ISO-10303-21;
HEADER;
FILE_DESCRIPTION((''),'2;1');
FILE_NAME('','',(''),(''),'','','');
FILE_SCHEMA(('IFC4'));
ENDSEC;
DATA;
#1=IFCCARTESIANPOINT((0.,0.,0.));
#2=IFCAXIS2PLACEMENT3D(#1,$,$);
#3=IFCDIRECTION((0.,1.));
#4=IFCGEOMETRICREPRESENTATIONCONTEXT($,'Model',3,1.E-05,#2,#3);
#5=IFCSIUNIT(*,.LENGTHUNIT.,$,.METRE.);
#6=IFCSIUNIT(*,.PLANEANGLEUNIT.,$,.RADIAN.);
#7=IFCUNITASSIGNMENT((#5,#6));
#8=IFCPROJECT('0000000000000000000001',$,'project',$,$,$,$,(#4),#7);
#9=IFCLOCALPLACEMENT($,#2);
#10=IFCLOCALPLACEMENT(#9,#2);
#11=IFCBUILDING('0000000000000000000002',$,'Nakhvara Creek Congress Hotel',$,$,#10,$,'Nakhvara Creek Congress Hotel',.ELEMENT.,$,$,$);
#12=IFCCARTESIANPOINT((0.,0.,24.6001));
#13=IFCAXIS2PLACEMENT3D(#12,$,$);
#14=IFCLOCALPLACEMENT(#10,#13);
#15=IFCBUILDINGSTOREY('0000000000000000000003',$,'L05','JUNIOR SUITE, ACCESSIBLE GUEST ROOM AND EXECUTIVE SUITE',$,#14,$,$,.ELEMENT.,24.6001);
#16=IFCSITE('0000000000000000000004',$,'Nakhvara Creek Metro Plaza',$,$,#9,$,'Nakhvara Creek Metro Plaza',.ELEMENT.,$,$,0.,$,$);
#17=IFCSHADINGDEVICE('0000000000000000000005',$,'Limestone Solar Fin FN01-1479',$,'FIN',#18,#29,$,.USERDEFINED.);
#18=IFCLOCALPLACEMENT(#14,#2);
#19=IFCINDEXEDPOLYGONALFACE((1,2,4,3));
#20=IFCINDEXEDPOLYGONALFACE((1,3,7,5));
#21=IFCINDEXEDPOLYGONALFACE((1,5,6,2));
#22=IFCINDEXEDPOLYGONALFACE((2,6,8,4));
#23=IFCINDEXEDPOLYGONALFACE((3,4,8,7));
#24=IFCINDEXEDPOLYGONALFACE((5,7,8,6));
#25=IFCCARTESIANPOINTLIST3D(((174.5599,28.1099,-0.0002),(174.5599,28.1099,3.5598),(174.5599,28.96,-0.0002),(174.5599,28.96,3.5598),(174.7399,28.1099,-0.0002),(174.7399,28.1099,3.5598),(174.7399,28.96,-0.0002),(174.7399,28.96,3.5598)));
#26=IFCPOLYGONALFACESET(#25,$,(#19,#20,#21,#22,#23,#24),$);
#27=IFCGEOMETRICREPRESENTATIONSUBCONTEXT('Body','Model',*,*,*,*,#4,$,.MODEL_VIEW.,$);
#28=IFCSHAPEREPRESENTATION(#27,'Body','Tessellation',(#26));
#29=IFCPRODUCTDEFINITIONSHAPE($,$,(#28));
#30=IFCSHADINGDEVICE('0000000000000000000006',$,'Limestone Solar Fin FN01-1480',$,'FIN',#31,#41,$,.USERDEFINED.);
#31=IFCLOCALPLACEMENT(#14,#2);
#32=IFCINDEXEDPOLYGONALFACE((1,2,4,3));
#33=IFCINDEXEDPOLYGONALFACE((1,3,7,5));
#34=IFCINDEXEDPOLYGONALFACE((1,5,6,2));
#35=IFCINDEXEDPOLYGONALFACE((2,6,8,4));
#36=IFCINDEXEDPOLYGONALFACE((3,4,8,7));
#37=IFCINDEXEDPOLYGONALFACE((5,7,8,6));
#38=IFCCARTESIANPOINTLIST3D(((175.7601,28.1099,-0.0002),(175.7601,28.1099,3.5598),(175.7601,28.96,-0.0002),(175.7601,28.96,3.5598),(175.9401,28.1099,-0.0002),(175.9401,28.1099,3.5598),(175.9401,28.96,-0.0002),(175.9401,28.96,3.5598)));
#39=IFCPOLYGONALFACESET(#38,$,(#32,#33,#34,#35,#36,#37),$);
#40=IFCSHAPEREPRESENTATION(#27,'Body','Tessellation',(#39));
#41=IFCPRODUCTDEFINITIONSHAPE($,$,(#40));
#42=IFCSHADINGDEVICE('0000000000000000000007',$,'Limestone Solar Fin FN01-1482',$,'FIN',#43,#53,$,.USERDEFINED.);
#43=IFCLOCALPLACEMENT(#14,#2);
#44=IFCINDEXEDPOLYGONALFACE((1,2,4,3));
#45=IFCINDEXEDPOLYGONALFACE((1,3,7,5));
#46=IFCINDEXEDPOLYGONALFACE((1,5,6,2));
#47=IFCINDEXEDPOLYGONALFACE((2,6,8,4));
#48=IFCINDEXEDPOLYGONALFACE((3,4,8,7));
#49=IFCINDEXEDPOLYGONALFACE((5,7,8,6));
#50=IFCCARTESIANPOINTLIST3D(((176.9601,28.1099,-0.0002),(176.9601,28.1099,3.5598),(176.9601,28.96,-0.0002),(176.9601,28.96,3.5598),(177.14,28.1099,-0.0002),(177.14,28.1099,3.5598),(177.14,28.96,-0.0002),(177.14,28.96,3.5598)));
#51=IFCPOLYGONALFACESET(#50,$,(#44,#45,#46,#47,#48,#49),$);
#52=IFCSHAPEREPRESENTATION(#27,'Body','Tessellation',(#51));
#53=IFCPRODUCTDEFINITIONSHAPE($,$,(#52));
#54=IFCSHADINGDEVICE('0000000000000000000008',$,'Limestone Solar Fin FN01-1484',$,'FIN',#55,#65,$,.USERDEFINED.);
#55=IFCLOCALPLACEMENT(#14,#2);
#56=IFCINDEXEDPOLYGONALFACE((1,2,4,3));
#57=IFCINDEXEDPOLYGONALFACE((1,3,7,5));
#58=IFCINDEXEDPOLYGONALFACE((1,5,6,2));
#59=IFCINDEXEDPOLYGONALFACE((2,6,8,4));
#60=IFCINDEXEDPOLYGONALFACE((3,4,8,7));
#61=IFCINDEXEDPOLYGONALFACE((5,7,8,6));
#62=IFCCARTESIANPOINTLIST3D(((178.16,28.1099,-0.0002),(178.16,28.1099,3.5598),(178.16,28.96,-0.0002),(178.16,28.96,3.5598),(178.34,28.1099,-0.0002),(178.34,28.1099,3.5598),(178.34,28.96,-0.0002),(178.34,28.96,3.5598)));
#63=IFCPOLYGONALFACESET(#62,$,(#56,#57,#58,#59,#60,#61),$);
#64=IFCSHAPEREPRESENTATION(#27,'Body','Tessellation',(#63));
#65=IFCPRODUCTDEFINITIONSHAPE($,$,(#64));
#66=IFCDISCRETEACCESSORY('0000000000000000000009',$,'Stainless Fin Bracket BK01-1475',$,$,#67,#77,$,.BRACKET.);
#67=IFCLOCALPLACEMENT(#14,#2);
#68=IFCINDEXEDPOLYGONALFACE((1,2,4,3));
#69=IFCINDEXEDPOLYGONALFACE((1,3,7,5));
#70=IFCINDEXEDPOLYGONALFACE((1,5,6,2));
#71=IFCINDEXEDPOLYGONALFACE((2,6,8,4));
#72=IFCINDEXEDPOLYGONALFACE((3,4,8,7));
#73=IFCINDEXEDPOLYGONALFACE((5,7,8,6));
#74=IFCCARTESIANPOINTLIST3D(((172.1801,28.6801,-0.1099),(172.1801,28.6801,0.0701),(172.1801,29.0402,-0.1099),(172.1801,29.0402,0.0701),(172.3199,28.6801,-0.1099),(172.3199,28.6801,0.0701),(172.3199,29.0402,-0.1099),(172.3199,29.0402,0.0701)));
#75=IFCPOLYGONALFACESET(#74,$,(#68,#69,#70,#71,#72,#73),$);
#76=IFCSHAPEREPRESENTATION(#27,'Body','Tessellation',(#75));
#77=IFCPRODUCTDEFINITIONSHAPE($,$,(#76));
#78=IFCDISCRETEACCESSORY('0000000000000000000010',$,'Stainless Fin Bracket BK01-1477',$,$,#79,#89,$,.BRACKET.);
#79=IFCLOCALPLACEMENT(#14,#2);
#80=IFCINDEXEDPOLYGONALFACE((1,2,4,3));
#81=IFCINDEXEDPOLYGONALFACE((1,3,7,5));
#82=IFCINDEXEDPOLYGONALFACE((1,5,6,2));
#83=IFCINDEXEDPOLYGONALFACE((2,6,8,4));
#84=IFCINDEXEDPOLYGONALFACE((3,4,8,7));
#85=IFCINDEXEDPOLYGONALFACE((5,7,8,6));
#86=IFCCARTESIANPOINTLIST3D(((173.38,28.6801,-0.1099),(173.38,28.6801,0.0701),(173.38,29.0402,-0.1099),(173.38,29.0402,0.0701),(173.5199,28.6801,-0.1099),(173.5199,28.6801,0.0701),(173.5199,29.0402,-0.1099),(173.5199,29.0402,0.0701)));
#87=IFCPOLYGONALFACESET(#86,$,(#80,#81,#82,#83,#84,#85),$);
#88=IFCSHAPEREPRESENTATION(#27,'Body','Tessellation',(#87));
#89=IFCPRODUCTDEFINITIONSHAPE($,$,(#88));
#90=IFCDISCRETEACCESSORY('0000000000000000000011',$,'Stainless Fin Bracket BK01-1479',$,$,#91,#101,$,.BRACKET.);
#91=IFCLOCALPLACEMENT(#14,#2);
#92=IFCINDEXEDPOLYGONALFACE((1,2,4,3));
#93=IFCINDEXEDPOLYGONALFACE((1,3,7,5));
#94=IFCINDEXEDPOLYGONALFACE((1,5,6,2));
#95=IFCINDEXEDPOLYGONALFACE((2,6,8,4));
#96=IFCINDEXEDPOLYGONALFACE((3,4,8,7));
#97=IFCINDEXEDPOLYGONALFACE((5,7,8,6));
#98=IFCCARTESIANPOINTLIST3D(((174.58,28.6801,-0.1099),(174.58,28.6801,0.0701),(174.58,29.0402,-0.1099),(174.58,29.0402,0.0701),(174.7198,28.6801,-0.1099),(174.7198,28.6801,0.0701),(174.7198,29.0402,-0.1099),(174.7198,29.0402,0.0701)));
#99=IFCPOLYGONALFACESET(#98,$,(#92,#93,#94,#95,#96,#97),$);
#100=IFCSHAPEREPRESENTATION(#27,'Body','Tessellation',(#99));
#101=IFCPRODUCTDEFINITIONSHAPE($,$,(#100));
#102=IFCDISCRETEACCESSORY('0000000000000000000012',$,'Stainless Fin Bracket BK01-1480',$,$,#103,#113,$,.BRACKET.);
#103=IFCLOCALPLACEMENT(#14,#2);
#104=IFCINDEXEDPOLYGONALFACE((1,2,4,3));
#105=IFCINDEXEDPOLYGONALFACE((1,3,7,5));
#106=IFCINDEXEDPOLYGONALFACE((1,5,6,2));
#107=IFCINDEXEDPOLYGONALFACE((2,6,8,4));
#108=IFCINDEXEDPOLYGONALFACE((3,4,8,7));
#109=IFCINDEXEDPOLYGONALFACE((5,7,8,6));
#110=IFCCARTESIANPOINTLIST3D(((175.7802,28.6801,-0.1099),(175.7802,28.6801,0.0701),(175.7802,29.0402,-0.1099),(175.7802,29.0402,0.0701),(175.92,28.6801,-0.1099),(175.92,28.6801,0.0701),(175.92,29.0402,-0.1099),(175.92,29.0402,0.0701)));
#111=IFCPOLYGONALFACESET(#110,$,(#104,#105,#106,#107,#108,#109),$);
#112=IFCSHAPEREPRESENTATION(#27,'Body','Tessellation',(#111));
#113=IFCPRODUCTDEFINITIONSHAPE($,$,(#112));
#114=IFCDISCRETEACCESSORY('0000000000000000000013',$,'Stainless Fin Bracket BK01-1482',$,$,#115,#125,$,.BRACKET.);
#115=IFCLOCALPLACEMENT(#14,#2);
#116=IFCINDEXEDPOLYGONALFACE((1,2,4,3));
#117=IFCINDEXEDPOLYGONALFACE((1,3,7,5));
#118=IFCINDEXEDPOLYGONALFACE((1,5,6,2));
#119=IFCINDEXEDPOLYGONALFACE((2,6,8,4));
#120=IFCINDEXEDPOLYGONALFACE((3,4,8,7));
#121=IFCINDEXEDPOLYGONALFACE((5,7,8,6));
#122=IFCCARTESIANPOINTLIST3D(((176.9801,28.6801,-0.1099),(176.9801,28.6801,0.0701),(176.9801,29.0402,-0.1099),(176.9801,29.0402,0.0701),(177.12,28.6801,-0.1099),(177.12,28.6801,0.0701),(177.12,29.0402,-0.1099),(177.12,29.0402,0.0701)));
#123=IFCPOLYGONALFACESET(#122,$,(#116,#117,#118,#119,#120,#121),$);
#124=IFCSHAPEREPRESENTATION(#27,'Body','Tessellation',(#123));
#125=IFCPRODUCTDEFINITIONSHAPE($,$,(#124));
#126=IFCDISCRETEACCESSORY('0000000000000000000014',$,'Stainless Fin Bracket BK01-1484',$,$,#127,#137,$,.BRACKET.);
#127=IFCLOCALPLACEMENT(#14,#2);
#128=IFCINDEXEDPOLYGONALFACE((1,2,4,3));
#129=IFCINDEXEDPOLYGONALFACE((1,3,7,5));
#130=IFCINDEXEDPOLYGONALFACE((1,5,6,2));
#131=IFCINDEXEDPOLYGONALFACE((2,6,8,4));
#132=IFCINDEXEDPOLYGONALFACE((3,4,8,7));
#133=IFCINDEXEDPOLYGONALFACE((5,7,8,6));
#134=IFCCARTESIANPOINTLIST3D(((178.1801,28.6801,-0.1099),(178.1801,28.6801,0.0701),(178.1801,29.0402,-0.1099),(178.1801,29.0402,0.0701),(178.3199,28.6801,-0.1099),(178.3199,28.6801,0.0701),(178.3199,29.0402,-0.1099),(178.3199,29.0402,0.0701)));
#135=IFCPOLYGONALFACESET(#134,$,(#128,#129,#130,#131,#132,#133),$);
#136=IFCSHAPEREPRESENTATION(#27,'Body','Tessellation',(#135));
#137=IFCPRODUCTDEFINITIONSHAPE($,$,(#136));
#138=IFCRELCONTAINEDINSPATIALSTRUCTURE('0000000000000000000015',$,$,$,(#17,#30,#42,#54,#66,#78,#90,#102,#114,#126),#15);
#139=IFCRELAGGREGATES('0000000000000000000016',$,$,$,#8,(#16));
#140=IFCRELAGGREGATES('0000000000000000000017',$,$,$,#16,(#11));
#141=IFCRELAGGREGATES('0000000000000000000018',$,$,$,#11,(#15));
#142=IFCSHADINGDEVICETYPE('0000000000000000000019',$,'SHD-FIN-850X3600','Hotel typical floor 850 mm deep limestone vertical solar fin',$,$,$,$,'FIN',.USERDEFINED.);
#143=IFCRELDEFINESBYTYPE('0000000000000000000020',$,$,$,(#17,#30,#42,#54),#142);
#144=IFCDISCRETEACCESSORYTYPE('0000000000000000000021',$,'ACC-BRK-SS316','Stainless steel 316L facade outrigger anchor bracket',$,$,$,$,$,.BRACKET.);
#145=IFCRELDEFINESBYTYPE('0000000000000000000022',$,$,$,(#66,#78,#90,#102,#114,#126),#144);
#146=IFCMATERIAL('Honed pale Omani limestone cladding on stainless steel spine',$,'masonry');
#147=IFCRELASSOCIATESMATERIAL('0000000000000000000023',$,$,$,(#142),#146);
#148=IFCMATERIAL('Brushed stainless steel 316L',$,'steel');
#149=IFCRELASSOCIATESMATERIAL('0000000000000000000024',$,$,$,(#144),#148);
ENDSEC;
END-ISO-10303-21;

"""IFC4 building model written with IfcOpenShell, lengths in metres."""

from ifc_helpers import new_model, si_unit, direction, frame, origin, origin_2d, place, context, subcontext, project, spatial, rectangle, extrude, material, type_object, element, save


model = new_model("IFC4")

# Units and contexts
model_context = context("Model", 3, precision=1e-05, world=origin(), true_north=direction((0.0, 1.0)))
body_context = subcontext(model_context, "Body", "Model", "MODEL_VIEW")
ifc_project = project(units=[si_unit("LENGTHUNIT", "METRE"), si_unit("PLANEANGLEUNIT", "RADIAN")], contexts=[model_context])

# Site, building, storey
site_placement = place(None, origin())
site = spatial("IfcSite", under=ifc_project, at=site_placement, Name="Nakhvara Creek Metro Plaza", LongName="Nakhvara Creek Metro Plaza", CompositionType="ELEMENT", RefElevation=0.0)
building_placement = place(site_placement, origin())
building = spatial("IfcBuilding", under=site, at=building_placement, Name="Nakhvara Creek Congress Hotel", LongName="Nakhvara Creek Congress Hotel", CompositionType="ELEMENT")
storey_placement = place(building_placement, frame((0.0, 0.0, 24.6001)))
storey = spatial("IfcBuildingStorey", under=building, at=storey_placement, Name="L05", Description="JUNIOR SUITE, ACCESSIBLE GUEST ROOM AND EXECUTIVE SUITE", CompositionType="ELEMENT", Elevation=24.6001)

# Shared definitions
ifc_material_1 = material(Name="Brushed stainless steel 316L", Category="steel")

# Shading devices
ifc_material_2 = material(Name="Honed pale Omani limestone cladding on stainless steel spine", Category="masonry")
shading_device_type = type_object("IfcShadingDeviceType", Name="SHD-FIN-850X3600", Description="Hotel typical floor 850 mm deep limestone vertical solar fin", ElementType="FIN", PredefinedType="USERDEFINED", material=ifc_material_2)
for number, where, z_axis, x_axis, name in (
    (1, (174.6499, 28.5349, -0.0002), (0.0, 0.0, 1.0), (1.0, 0.0, 0.0), "Limestone Solar Fin FN01-1479"),
    (2, (175.8501, 28.5349, -0.0002), (0.0, 0.0, 1.0), (1.0, 0.0, 0.0), "Limestone Solar Fin FN01-1480"),
    (3, (177.05, 28.5349, -0.0002), (0.0, 0.0, 1.0), (1.0, 0.0, 0.0), "Limestone Solar Fin FN01-1482"),
    (4, (178.25, 28.5349, -0.0002), (0.0, 0.0, 1.0), (1.0, 0.0, 0.0), "Limestone Solar Fin FN01-1484"),
):
    element("IfcShadingDevice", number, at=place(storey_placement, frame(where, z_axis=z_axis, x_axis=x_axis)), inside=storey, type_object=shading_device_type, Name=name, ObjectType="FIN", PredefinedType="USERDEFINED", context=body_context, shape_type="SweptSolid", body=[
        extrude(rectangle(XDim=0.1799, YDim=0.8501, at=origin_2d()), origin(), (0.0, 0.0, 1.0), 3.5601),
    ])

# Discrete accessories
discrete_accessory_type = type_object("IfcDiscreteAccessoryType", Name="ACC-BRK-SS316", Description="Stainless steel 316L facade outrigger anchor bracket", PredefinedType="BRACKET", material=ifc_material_1)
for number, where, z_axis, x_axis, name in (
    (5, (172.25, 28.8601, -0.1099), (0.0, 0.0, 1.0), (1.0, 0.0, 0.0), "Stainless Fin Bracket BK01-1475"),
    (6, (173.45, 28.8601, -0.1099), (0.0, 0.0, 1.0), (1.0, 0.0, 0.0), "Stainless Fin Bracket BK01-1477"),
    (7, (174.6499, 28.8601, -0.1099), (0.0, 0.0, 1.0), (1.0, 0.0, 0.0), "Stainless Fin Bracket BK01-1479"),
    (8, (175.8501, 28.8601, -0.1099), (0.0, 0.0, 1.0), (1.0, 0.0, 0.0), "Stainless Fin Bracket BK01-1480"),
    (9, (177.05, 28.8601, -0.1099), (0.0, 0.0, 1.0), (1.0, 0.0, 0.0), "Stainless Fin Bracket BK01-1482"),
    (10, (178.25, 28.8601, -0.1099), (0.0, 0.0, 1.0), (1.0, 0.0, 0.0), "Stainless Fin Bracket BK01-1484"),
):
    element("IfcDiscreteAccessory", number, at=place(storey_placement, frame(where, z_axis=z_axis, x_axis=x_axis)), inside=storey, type_object=discrete_accessory_type, Name=name, PredefinedType="BRACKET", context=body_context, shape_type="SweptSolid", body=[
        extrude(rectangle(XDim=0.1399, YDim=0.3601, at=origin_2d()), origin(), (0.0, 0.0, 1.0), 0.1799),
    ])

save(model, "model.ifc")
